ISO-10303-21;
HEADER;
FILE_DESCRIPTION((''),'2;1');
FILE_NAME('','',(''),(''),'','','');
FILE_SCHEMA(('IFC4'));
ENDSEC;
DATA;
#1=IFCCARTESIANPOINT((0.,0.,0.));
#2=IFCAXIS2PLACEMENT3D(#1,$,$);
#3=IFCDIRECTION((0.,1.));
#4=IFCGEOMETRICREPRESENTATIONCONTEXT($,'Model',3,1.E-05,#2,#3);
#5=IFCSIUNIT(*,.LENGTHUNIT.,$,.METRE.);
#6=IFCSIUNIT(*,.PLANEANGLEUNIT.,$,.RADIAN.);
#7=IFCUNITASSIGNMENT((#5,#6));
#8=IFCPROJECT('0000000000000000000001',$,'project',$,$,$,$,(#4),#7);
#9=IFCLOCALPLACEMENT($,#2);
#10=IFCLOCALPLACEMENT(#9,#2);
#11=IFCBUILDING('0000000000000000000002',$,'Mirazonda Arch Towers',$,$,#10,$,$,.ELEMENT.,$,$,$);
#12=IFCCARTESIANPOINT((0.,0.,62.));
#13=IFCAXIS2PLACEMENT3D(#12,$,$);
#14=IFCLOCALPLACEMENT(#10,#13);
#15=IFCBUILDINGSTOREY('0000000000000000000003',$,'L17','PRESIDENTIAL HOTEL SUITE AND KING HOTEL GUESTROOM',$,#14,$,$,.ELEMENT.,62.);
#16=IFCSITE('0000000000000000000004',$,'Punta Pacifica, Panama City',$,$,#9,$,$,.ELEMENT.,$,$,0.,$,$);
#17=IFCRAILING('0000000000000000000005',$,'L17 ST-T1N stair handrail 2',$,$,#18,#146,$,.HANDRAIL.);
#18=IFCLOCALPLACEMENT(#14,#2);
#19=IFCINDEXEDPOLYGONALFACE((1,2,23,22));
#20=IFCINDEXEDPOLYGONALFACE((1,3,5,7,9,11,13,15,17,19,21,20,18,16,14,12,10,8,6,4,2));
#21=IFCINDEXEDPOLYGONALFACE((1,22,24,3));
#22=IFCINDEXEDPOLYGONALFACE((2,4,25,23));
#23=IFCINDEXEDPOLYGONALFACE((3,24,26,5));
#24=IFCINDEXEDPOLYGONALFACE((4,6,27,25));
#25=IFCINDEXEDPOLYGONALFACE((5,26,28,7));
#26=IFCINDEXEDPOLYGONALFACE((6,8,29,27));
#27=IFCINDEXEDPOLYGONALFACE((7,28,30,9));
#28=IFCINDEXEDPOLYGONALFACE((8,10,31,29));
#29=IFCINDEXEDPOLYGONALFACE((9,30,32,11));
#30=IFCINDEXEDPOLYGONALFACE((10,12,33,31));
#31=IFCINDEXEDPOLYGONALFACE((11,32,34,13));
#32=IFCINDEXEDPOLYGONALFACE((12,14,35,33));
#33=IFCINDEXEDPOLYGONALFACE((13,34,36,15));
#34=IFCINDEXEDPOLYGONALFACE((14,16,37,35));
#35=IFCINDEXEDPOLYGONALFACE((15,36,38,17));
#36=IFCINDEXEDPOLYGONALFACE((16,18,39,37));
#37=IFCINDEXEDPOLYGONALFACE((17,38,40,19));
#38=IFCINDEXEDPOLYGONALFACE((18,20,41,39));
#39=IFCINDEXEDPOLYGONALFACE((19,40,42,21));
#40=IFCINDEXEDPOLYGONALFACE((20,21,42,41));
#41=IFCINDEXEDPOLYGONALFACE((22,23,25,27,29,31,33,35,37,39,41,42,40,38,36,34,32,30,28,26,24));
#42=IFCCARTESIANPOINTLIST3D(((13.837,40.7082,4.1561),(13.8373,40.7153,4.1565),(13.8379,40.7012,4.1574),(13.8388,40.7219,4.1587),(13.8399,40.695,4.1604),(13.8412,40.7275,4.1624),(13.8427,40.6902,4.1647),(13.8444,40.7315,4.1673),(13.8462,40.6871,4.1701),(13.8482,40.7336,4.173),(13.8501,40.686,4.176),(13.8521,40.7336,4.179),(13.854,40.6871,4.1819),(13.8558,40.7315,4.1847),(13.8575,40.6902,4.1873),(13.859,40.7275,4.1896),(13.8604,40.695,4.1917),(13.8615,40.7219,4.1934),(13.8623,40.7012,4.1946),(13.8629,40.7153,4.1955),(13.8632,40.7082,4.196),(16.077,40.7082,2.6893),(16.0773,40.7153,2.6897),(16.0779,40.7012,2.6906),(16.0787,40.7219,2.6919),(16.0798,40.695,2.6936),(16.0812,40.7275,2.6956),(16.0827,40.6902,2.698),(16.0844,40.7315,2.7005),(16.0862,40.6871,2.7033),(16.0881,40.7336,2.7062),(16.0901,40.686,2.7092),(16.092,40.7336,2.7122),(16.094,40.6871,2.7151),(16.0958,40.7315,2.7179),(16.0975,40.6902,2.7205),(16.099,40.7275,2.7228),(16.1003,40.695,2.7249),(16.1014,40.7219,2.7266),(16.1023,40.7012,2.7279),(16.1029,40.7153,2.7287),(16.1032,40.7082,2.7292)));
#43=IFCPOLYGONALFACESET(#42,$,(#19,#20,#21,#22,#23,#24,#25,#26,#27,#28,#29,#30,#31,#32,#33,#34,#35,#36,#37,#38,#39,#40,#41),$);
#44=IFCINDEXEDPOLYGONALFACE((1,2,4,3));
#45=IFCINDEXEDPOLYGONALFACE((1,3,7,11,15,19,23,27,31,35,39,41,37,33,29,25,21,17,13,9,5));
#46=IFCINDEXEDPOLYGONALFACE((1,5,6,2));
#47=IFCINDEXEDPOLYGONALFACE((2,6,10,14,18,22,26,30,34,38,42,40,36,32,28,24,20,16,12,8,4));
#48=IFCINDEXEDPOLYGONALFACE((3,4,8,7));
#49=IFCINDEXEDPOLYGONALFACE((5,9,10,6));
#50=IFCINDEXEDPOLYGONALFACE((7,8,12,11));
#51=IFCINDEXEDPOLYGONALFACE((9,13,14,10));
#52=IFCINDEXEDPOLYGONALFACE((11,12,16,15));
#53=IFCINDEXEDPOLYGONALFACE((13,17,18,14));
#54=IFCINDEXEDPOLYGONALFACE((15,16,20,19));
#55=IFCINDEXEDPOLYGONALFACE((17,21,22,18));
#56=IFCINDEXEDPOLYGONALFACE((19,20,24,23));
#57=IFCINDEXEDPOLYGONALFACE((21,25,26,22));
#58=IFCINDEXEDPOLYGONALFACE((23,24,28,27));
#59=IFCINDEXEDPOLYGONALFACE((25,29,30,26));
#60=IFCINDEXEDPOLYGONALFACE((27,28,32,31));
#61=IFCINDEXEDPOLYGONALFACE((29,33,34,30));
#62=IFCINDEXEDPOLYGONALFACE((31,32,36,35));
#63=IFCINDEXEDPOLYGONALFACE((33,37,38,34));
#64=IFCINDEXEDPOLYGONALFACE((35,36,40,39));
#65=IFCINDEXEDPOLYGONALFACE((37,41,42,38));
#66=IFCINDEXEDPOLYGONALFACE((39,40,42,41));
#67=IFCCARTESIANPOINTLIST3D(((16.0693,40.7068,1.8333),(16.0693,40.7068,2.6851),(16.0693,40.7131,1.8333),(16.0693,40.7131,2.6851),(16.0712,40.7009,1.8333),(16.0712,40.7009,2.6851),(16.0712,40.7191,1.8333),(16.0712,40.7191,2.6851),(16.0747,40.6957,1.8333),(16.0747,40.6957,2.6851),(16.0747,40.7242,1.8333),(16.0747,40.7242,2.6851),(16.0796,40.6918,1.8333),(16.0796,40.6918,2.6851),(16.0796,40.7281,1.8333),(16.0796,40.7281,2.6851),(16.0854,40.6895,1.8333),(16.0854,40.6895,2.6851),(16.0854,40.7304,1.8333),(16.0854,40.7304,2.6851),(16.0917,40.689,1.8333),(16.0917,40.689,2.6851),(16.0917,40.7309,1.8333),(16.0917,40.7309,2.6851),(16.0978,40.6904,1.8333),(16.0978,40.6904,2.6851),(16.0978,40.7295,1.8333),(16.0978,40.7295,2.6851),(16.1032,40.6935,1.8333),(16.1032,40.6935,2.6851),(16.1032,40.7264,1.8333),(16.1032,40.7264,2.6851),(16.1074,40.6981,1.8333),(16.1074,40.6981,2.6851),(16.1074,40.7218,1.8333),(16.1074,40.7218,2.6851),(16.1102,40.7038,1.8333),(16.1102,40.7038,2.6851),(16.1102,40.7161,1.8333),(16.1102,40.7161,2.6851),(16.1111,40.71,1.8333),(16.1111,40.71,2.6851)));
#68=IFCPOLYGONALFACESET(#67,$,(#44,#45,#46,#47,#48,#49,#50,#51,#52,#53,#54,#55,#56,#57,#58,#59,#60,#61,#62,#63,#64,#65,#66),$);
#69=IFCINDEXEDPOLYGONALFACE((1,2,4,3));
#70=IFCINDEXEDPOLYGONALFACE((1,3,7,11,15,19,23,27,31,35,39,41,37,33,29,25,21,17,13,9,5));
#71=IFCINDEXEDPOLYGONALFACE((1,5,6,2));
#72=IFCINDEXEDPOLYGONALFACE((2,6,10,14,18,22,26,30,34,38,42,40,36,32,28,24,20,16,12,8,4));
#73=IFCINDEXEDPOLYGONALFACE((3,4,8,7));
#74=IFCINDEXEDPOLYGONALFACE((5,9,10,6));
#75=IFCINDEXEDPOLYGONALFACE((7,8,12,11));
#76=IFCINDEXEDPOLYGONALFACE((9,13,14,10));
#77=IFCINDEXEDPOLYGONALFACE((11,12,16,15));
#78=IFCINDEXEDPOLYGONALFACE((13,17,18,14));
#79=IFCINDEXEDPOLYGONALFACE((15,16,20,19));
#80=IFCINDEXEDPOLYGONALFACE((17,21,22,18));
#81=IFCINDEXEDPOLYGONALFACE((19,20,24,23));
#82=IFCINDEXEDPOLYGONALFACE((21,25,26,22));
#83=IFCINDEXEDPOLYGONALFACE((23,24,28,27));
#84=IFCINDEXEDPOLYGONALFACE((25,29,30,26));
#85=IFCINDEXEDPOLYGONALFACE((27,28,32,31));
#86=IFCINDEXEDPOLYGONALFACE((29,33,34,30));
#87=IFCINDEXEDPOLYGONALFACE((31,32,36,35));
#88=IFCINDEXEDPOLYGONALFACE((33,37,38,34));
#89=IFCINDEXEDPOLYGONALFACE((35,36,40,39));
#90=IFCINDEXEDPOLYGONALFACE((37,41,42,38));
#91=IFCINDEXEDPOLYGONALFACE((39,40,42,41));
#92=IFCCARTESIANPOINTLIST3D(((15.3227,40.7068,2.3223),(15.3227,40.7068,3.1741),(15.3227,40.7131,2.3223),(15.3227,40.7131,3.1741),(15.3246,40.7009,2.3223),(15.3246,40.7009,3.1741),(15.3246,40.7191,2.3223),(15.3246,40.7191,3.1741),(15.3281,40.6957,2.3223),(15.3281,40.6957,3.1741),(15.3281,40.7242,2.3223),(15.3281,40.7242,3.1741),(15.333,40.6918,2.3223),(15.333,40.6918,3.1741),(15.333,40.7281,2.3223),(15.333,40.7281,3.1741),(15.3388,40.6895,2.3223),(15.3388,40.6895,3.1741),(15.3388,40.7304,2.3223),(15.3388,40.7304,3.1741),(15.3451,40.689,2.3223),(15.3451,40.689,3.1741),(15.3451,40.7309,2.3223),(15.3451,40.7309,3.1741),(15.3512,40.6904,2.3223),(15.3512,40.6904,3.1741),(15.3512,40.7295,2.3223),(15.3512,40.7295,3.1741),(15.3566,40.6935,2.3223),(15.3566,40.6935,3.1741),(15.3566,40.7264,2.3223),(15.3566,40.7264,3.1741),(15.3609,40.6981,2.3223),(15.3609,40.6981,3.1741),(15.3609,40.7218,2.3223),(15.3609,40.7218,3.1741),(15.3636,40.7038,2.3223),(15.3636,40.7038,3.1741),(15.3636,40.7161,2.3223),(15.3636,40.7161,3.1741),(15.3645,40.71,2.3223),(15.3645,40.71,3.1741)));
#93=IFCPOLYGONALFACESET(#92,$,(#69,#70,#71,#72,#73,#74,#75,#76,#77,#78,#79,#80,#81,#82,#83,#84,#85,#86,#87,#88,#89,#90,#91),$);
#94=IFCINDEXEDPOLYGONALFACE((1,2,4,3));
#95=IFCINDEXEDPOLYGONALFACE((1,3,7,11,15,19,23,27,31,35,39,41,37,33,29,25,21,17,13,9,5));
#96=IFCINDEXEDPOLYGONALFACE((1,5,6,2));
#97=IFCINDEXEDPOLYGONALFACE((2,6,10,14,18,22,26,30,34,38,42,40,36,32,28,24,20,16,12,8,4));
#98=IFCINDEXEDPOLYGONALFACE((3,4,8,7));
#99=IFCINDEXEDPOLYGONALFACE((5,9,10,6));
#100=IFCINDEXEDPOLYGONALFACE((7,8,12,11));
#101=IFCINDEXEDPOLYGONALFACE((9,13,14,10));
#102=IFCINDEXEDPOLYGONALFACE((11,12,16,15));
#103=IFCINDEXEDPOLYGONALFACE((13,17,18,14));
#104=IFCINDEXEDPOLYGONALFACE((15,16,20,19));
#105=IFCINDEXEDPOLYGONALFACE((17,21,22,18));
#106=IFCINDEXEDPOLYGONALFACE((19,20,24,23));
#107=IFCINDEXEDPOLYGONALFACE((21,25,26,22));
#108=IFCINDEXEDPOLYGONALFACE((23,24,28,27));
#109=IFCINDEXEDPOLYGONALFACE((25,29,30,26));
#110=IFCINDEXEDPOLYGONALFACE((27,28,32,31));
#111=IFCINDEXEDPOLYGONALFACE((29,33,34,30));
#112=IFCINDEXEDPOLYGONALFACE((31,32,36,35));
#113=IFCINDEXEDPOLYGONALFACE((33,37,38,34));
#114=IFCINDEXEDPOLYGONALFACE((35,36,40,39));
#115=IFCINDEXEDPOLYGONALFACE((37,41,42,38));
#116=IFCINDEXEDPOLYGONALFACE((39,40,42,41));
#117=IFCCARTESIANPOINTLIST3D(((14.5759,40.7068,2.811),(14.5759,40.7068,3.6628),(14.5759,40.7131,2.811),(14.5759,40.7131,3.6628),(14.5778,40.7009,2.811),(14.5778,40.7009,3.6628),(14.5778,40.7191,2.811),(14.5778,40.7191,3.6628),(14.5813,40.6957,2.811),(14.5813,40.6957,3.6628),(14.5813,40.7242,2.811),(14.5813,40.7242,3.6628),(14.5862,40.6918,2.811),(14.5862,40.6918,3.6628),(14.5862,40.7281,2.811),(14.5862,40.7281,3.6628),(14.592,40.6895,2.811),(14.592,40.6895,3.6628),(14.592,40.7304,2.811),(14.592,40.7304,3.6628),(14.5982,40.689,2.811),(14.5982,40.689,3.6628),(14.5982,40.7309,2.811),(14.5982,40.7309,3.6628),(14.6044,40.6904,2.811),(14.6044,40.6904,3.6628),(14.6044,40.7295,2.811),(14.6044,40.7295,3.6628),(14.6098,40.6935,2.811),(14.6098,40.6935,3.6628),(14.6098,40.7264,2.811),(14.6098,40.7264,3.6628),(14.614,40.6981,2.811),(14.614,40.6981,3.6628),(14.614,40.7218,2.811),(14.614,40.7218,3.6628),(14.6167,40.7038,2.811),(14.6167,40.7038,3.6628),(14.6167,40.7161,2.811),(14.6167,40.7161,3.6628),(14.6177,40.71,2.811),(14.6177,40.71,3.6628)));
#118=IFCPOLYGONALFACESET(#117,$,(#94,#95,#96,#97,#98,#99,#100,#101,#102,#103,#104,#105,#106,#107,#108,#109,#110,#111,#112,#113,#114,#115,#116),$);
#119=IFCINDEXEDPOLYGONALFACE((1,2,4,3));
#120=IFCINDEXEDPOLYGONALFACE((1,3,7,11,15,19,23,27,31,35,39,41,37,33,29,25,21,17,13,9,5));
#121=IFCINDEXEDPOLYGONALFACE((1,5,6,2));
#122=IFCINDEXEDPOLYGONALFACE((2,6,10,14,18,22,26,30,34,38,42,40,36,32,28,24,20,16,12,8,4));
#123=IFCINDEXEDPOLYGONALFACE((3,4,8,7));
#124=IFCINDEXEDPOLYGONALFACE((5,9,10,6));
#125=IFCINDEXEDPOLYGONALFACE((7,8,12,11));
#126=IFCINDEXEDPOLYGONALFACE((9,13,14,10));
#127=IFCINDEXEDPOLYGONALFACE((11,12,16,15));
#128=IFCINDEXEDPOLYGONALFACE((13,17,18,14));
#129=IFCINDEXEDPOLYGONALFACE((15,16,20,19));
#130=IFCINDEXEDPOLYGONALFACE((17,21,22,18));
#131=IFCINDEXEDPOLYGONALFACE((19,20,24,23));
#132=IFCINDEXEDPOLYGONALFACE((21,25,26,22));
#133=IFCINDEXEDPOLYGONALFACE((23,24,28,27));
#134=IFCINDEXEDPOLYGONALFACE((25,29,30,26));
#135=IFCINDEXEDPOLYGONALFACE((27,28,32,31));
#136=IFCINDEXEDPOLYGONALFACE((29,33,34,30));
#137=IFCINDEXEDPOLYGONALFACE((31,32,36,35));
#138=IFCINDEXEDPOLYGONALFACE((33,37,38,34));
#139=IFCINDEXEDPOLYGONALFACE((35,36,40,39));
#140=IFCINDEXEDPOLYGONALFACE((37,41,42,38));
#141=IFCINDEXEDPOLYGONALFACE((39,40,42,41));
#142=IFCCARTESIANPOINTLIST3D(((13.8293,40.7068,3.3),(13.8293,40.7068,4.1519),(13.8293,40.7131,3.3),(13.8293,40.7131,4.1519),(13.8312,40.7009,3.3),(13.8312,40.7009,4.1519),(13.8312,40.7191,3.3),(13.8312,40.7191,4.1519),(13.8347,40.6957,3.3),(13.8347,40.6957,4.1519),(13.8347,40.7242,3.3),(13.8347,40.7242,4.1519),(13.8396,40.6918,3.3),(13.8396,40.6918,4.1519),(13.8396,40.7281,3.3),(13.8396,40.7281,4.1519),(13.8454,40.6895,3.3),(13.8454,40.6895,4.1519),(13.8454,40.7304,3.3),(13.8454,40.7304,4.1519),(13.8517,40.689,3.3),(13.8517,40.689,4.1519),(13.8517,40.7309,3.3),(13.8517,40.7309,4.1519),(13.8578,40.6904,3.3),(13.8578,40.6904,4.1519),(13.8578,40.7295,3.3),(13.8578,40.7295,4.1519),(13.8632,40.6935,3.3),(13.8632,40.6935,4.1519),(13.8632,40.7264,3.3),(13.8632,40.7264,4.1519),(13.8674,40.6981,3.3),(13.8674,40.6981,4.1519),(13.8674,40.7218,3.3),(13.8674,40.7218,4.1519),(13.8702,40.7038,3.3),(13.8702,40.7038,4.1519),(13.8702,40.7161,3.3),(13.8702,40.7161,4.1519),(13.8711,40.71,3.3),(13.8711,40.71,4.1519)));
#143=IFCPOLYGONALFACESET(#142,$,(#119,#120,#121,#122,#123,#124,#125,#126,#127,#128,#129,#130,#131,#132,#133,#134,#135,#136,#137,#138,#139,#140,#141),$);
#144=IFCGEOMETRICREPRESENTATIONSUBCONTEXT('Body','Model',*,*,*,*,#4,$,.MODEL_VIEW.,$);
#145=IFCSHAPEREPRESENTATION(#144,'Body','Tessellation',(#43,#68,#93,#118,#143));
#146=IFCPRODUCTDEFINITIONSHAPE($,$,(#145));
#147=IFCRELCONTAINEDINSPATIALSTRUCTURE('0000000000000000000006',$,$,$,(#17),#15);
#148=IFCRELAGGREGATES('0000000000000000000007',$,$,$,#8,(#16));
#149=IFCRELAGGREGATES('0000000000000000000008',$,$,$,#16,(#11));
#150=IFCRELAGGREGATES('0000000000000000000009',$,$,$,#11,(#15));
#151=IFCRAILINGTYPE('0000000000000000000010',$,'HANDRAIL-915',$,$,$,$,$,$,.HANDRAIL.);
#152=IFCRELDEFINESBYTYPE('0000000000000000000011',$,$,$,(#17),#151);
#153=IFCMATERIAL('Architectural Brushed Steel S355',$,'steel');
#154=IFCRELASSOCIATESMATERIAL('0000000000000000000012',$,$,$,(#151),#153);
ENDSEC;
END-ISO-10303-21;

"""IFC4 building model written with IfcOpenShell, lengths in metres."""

from ifc_helpers import new_model, si_unit, direction, frame, origin, origin_2d, place, context, subcontext, project, spatial, circle, extrude, material, type_object, element, save


model = new_model("IFC4")

# Units and contexts
model_context = context("Model", 3, precision=1e-05, world=origin(), true_north=direction((0.0, 1.0)))
body_context = subcontext(model_context, "Body", "Model", "MODEL_VIEW")
ifc_project = project(units=[si_unit("LENGTHUNIT", "METRE"), si_unit("PLANEANGLEUNIT", "RADIAN")], contexts=[model_context])

# Site, building, storey
site_placement = place(None, origin())
site = spatial("IfcSite", under=ifc_project, at=site_placement, Name="Punta Pacifica, Panama City", CompositionType="ELEMENT", RefElevation=0.0)
building_placement = place(site_placement, origin())
building = spatial("IfcBuilding", under=site, at=building_placement, Name="Mirazonda Arch Towers", CompositionType="ELEMENT")
storey_placement = place(building_placement, frame((0.0, 0.0, 62.0)))
storey = spatial("IfcBuildingStorey", under=building, at=storey_placement, Name="L17", Description="PRESIDENTIAL HOTEL SUITE AND KING HOTEL GUESTROOM", CompositionType="ELEMENT", Elevation=62.0)

# Shared definitions
ifc_material_1 = material(Name="Architectural Brushed Steel S355", Category="steel")

# Railing
railing_type_1 = type_object("IfcRailingType", Name="HANDRAIL-915", PredefinedType="HANDRAIL", material=ifc_material_1)
railing_1_placement = place(storey_placement, frame((16.0901, 40.71, 1.8333)))
element("IfcRailing", 1, at=railing_1_placement, inside=storey, type_object=railing_type_1, Name="L17 ST-T1N stair handrail 2", PredefinedType="HANDRAIL", context=body_context, shape_type="SweptSolid", body=[
    extrude(circle(Radius=0.0239, at=origin_2d()), frame((0.0, 0.0, 0.876), z_axis=(-0.836595, 0.0, 0.547822), x_axis=(0.0, -1.0, 0.0)), (0.0, 0.0, 1.0), 2.6775),
    extrude(circle(Radius=0.021, at=origin_2d()), origin(), (0.0, 0.0, 1.0), 0.8518),
    extrude(circle(Radius=0.021, at=origin_2d()), frame((-0.7466, 0.0, 0.489)), (0.0, 0.0, 1.0), 0.8518),
    extrude(circle(Radius=0.021, at=origin_2d()), frame((-1.4934, 0.0, 0.9778)), (0.0, 0.0, 1.0), 0.8518),
    extrude(circle(Radius=0.021, at=origin_2d()), frame((-2.24, 0.0, 1.4668)), (0.0, 0.0, 1.0), 0.8518),
])

save(model, "model.ifc")
